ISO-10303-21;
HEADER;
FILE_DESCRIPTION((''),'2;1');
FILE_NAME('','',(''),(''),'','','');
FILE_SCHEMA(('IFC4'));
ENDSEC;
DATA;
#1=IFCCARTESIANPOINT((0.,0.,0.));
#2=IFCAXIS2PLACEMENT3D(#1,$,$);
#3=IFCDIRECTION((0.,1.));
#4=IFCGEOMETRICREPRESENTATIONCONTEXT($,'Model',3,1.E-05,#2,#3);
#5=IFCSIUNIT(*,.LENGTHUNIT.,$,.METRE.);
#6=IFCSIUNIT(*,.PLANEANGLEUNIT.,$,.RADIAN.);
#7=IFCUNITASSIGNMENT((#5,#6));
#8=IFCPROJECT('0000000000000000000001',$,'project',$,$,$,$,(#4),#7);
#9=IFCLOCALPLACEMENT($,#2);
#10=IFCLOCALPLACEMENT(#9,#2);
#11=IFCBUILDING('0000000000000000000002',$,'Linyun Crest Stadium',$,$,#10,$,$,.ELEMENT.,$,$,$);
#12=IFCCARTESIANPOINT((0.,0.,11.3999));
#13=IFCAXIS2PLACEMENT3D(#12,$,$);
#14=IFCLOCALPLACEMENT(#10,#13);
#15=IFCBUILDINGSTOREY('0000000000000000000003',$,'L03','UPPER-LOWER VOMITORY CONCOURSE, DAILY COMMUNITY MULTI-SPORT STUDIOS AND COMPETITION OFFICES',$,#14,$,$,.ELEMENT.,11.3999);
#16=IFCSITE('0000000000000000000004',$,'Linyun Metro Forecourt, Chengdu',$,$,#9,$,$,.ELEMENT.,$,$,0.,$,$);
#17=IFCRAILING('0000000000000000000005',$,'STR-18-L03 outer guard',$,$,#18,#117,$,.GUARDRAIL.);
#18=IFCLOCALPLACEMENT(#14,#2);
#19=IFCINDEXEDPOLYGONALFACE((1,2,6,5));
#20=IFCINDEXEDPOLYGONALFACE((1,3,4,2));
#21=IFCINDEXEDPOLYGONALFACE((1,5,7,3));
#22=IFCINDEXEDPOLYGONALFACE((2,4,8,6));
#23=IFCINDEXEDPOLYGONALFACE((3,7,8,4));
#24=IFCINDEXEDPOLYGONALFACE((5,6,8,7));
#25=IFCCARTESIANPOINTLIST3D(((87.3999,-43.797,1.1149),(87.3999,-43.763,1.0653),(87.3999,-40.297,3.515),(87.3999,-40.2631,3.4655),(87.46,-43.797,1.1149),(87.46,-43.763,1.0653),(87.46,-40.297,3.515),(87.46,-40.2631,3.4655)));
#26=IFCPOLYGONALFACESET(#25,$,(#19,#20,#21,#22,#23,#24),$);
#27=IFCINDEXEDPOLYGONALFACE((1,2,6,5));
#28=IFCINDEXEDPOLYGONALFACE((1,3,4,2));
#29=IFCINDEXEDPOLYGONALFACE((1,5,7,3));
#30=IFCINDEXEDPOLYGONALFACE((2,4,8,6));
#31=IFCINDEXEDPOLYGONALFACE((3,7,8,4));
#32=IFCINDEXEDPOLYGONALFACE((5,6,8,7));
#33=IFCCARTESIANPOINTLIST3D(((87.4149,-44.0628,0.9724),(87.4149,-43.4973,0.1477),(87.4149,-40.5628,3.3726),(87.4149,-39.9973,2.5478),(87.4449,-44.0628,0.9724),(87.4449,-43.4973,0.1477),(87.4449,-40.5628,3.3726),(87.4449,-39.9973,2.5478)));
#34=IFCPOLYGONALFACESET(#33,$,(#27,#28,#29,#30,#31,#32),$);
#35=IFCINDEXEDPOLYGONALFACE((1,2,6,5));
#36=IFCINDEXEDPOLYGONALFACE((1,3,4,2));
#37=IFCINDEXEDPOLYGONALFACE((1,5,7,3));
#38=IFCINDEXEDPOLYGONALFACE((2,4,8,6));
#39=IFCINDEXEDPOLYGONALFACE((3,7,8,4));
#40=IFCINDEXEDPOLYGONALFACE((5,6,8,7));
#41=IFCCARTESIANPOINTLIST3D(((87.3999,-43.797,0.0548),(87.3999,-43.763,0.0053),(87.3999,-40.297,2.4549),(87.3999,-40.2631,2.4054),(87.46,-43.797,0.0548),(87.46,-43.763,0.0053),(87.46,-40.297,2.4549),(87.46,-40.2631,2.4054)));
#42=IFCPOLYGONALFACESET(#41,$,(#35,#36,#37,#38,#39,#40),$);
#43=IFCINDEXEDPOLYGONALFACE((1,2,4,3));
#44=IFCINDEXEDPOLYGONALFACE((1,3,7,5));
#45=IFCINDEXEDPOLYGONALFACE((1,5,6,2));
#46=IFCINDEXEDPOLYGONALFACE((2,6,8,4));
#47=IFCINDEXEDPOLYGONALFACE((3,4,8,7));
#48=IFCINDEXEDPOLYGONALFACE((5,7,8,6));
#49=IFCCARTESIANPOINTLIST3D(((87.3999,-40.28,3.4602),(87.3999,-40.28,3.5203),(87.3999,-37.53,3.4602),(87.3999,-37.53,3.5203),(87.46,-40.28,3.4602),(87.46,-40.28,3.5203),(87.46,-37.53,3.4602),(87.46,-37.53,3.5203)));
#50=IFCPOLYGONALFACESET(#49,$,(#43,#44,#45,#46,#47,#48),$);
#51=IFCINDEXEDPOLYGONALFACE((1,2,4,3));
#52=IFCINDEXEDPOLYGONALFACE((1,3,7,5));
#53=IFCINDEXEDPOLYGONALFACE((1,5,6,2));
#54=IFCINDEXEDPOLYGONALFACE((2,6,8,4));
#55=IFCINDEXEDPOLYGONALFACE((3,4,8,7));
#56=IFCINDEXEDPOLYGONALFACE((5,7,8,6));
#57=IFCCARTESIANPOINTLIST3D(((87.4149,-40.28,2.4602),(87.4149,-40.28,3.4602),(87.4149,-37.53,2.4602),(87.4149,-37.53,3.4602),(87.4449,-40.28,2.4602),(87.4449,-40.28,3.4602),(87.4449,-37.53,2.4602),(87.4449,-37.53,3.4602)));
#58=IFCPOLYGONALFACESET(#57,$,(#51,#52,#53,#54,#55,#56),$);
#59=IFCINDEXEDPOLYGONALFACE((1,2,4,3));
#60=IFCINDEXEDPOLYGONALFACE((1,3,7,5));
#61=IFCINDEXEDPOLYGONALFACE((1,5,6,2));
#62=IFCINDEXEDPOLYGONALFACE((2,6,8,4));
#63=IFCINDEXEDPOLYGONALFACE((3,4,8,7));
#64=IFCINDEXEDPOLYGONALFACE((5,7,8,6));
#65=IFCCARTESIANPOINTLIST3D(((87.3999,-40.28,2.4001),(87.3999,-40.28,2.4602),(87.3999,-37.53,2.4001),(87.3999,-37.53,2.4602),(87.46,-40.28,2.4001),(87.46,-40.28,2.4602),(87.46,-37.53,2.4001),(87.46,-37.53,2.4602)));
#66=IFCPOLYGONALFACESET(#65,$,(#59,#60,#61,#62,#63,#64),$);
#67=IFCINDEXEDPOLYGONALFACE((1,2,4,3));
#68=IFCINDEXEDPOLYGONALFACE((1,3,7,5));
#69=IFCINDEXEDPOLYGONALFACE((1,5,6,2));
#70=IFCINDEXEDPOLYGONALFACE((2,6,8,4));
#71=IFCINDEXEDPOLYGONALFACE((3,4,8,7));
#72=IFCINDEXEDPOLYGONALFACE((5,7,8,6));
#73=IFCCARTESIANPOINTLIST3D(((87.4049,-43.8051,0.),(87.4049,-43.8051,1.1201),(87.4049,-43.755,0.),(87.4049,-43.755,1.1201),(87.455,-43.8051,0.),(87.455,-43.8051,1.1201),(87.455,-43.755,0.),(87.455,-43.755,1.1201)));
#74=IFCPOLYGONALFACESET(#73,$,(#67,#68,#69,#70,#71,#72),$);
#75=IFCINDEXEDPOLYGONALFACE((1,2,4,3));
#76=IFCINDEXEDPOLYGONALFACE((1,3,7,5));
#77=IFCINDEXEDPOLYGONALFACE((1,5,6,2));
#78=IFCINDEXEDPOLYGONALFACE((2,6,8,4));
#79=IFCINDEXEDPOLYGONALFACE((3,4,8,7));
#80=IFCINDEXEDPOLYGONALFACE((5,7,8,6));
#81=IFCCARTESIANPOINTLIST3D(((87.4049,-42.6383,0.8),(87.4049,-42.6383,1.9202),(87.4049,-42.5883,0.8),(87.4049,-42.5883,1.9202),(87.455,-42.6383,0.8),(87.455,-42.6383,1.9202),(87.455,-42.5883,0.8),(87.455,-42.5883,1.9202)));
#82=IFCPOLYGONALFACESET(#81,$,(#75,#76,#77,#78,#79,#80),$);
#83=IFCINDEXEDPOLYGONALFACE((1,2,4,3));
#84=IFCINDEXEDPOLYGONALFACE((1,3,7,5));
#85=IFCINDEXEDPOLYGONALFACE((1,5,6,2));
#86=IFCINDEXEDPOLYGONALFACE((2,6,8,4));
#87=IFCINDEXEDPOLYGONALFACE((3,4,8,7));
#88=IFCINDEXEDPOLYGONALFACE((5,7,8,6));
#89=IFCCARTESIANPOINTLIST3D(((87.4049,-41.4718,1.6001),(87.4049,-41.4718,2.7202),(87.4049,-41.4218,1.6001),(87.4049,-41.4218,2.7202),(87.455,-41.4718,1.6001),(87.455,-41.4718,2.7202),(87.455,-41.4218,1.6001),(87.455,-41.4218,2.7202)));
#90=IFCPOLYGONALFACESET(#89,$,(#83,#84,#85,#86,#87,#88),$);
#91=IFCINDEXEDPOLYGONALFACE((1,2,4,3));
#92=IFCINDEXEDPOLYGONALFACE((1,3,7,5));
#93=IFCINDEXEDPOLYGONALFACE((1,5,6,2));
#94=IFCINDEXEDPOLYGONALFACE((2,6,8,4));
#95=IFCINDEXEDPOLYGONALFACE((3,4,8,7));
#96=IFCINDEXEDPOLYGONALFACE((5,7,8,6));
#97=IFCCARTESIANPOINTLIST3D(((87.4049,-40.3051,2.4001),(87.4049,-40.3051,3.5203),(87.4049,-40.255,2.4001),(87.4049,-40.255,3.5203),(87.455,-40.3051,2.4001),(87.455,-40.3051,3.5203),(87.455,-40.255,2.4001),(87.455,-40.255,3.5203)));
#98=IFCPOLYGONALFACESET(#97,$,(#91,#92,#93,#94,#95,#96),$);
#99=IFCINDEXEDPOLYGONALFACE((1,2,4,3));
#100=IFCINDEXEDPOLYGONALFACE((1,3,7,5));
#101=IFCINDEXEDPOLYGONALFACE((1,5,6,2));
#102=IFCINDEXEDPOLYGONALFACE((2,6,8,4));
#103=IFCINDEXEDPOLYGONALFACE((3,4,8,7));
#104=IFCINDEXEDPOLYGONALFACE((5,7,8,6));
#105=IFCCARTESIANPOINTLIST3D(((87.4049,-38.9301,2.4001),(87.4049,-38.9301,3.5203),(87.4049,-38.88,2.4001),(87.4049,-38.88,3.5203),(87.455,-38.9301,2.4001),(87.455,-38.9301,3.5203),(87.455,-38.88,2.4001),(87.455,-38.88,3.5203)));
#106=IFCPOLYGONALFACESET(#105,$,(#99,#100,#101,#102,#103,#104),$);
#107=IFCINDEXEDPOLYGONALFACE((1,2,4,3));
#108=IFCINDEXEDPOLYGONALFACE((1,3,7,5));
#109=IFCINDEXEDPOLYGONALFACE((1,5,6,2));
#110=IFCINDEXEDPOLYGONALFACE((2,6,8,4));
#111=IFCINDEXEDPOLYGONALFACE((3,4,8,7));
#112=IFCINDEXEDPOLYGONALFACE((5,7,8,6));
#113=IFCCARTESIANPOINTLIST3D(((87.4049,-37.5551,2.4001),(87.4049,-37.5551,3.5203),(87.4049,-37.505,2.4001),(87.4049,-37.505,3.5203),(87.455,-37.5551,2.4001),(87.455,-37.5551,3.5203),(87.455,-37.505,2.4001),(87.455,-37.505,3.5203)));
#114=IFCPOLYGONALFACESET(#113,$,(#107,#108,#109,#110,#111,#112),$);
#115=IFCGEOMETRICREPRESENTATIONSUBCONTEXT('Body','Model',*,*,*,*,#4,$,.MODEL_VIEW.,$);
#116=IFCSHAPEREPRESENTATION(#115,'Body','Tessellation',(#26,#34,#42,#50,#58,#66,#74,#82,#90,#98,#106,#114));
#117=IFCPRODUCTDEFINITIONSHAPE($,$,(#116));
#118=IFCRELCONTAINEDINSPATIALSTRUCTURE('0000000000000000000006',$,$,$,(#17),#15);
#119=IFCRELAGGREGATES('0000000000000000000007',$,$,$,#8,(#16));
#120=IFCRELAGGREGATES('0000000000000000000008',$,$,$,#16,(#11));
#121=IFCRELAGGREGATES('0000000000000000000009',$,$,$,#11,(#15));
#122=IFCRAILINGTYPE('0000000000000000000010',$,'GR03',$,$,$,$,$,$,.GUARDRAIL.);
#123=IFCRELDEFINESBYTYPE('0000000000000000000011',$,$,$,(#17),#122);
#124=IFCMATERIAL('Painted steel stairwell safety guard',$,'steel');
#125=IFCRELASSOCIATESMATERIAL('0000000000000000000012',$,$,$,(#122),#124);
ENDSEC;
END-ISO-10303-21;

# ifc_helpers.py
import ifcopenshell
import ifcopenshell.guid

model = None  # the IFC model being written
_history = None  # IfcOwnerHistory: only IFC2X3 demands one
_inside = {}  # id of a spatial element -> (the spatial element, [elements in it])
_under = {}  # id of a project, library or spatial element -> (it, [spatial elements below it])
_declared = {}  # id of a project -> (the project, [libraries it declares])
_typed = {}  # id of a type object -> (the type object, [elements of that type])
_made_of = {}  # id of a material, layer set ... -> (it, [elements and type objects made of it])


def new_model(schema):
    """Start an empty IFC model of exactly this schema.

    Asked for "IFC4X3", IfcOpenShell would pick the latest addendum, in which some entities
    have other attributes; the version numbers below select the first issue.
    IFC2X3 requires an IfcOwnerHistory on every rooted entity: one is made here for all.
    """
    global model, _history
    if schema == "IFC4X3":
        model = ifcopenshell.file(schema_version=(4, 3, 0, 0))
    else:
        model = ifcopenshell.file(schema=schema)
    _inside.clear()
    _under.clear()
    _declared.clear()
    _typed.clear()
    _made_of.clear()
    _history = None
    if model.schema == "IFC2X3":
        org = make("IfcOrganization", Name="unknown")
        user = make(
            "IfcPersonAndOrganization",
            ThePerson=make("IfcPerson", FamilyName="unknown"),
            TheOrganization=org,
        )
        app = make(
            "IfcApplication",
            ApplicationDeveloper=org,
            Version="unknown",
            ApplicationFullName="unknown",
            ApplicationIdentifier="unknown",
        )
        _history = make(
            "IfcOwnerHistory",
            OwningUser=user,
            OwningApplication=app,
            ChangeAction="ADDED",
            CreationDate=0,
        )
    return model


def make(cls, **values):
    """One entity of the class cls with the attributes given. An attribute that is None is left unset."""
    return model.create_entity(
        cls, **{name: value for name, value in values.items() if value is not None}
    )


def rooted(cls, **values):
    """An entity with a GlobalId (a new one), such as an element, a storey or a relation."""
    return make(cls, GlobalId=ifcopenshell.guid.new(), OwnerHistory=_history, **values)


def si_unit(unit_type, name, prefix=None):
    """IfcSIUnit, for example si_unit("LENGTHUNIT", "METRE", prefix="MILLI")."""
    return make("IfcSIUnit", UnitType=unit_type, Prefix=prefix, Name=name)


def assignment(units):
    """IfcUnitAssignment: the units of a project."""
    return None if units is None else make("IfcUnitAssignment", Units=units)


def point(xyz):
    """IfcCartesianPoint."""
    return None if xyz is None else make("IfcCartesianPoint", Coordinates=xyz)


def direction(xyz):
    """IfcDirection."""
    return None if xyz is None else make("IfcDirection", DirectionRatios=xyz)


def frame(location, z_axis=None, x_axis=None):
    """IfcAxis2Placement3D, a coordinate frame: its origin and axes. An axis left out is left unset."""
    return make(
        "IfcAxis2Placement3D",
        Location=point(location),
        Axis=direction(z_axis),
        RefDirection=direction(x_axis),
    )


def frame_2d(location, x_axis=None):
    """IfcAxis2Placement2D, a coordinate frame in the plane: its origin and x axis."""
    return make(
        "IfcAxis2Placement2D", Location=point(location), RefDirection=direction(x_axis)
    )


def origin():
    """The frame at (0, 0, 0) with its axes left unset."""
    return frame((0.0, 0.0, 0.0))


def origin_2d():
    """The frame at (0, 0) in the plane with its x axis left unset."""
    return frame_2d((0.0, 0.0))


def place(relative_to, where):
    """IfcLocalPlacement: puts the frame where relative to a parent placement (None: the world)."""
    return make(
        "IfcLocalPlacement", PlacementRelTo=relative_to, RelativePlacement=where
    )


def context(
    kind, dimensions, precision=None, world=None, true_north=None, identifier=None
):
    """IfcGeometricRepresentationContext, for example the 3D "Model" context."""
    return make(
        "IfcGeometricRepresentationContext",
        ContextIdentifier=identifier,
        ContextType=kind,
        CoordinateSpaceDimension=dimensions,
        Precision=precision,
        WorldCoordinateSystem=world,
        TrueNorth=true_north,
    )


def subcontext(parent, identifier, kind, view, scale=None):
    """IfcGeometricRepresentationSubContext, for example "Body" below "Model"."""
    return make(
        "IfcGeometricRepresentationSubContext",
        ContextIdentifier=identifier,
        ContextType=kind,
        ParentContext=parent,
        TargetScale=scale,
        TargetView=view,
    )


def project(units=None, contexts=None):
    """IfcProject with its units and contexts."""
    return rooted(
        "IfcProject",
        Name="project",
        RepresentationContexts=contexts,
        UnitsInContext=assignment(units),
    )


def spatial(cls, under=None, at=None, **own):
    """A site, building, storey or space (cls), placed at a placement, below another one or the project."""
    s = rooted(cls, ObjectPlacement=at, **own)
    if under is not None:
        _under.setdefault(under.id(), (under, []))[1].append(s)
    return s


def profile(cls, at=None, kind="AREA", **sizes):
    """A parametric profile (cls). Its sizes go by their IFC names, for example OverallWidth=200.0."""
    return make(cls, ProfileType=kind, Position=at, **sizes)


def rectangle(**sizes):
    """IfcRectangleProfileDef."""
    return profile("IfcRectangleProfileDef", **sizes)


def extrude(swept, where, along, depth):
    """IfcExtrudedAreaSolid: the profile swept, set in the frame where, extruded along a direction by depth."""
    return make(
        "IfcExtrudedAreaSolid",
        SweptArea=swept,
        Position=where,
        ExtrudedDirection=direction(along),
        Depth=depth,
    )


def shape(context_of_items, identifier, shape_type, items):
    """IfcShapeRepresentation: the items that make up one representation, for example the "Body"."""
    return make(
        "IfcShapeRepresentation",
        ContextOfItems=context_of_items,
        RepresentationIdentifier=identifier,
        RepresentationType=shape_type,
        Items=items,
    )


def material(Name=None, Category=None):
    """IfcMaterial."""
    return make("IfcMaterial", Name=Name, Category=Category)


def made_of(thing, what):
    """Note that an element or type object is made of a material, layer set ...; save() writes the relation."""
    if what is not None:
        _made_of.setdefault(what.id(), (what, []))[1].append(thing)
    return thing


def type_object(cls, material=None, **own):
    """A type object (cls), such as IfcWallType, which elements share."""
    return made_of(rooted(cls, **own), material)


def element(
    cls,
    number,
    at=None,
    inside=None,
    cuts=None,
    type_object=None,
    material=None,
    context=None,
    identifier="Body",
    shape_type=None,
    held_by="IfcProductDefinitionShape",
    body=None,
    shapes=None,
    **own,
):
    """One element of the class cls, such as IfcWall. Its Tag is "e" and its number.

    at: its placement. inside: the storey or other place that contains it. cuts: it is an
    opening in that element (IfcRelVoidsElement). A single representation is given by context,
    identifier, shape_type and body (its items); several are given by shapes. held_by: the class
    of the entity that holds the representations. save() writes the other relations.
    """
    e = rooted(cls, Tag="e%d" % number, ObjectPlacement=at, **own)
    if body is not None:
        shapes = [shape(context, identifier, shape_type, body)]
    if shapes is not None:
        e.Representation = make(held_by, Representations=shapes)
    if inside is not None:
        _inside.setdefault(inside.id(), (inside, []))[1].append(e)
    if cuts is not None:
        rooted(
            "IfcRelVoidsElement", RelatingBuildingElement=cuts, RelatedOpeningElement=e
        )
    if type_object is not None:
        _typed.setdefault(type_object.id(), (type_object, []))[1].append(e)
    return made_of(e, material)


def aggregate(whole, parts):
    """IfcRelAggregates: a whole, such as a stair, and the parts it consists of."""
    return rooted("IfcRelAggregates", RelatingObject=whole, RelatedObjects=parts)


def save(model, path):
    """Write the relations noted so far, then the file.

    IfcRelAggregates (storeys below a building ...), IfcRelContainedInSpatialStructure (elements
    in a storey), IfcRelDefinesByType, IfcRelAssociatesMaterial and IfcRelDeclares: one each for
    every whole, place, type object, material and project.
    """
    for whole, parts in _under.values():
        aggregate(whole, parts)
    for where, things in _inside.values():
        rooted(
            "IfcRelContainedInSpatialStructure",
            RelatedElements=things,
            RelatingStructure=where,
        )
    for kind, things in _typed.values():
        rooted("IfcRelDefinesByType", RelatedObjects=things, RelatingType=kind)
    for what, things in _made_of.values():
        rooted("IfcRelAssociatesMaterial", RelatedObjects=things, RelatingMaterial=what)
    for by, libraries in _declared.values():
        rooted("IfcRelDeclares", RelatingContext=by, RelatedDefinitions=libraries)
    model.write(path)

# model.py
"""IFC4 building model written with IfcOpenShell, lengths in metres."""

from ifc_helpers import new_model, si_unit, direction, frame, origin, origin_2d, place, context, subcontext, project, spatial, rectangle, extrude, material, type_object, element, save


model = new_model("IFC4")

# Units and contexts
model_context = context("Model", 3, precision=1e-05, world=origin(), true_north=direction((0.0, 1.0)))
body_context = subcontext(model_context, "Body", "Model", "MODEL_VIEW")
ifc_project = project(units=[si_unit("LENGTHUNIT", "METRE"), si_unit("PLANEANGLEUNIT", "RADIAN")], contexts=[model_context])

# Site, building, storey
site_placement = place(None, origin())
site = spatial("IfcSite", under=ifc_project, at=site_placement, Name="Linyun Metro Forecourt, Chengdu", CompositionType="ELEMENT", RefElevation=0.0)
building_placement = place(site_placement, origin())
building = spatial("IfcBuilding", under=site, at=building_placement, Name="Linyun Crest Stadium", CompositionType="ELEMENT")
storey_placement = place(building_placement, frame((0.0, 0.0, 11.3999)))
storey = spatial("IfcBuildingStorey", under=building, at=storey_placement, Name="L03", Description="UPPER-LOWER VOMITORY CONCOURSE, DAILY COMMUNITY MULTI-SPORT STUDIOS AND COMPETITION OFFICES", CompositionType="ELEMENT", Elevation=11.3999)

# Railing
ifc_material_1 = material(Name="Painted steel stairwell safety guard", Category="steel")
railing_type_1 = type_object("IfcRailingType", Name="GR03", PredefinedType="GUARDRAIL", material=ifc_material_1)
railing_1_placement = place(storey_placement, frame((87.4299, -43.78, 0.0)))
element("IfcRailing", 1, at=railing_1_placement, inside=storey, type_object=railing_type_1, Name="STR-18-L03 outer guard", PredefinedType="GUARDRAIL", context=body_context, shape_type="SweptSolid", body=[
    extrude(rectangle(XDim=0.0601, YDim=0.0601, at=origin_2d()), frame((0.0, 0.0, 1.0901), z_axis=(0.0, 0.824713, 0.565552), x_axis=(-1.0, 0.0, 0.0)), (0.0, 0.0, 1.0), 4.2439),
    extrude(rectangle(XDim=0.03, YDim=1.0, at=origin_2d()), frame((0.0, 0.0, 0.5601), z_axis=(0.0, 0.824713, 0.565552), x_axis=(-1.0, 0.0, 0.0)), (0.0, 0.0, 1.0), 4.2439),
    extrude(rectangle(XDim=0.0601, YDim=0.0601, at=origin_2d()), frame((0.0, 0.0, 0.03), z_axis=(0.0, 0.824713, 0.565552), x_axis=(-1.0, 0.0, 0.0)), (0.0, 0.0, 1.0), 4.2439),
    extrude(rectangle(XDim=0.0601, YDim=0.0601, at=origin_2d()), frame((0.0, 3.5, 3.4902), z_axis=(0.0, 1.0, 0.0), x_axis=(-1.0, 0.0, 0.0)), (0.0, 0.0, 1.0), 2.75),
    extrude(rectangle(XDim=0.03, YDim=1.0, at=origin_2d()), frame((0.0, 3.5, 2.9602), z_axis=(0.0, 1.0, 0.0), x_axis=(-1.0, 0.0, 0.0)), (0.0, 0.0, 1.0), 2.75),
    extrude(rectangle(XDim=0.0601, YDim=0.0601, at=origin_2d()), frame((0.0, 3.5, 2.4302), z_axis=(0.0, 1.0, 0.0), x_axis=(-1.0, 0.0, 0.0)), (0.0, 0.0, 1.0), 2.75),
    extrude(rectangle(XDim=0.05, YDim=0.05, at=origin_2d()), origin(), (0.0, 0.0, 1.0), 1.1201),
    extrude(rectangle(XDim=0.05, YDim=0.05, at=origin_2d()), frame((0.0, 1.1667, 0.8)), (0.0, 0.0, 1.0), 1.1201),
    extrude(rectangle(XDim=0.05, YDim=0.05, at=origin_2d()), frame((0.0, 2.3333, 1.6001)), (0.0, 0.0, 1.0), 1.1201),
    extrude(rectangle(XDim=0.05, YDim=0.05, at=origin_2d()), frame((0.0, 3.5, 2.4001)), (0.0, 0.0, 1.0), 1.1201),
    extrude(rectangle(XDim=0.05, YDim=0.05, at=origin_2d()), frame((0.0, 4.875, 2.4001)), (0.0, 0.0, 1.0), 1.1201),
    extrude(rectangle(XDim=0.05, YDim=0.05, at=origin_2d()), frame((0.0, 6.25, 2.4001)), (0.0, 0.0, 1.0), 1.1201),
])

save(model, "model.ifc")
